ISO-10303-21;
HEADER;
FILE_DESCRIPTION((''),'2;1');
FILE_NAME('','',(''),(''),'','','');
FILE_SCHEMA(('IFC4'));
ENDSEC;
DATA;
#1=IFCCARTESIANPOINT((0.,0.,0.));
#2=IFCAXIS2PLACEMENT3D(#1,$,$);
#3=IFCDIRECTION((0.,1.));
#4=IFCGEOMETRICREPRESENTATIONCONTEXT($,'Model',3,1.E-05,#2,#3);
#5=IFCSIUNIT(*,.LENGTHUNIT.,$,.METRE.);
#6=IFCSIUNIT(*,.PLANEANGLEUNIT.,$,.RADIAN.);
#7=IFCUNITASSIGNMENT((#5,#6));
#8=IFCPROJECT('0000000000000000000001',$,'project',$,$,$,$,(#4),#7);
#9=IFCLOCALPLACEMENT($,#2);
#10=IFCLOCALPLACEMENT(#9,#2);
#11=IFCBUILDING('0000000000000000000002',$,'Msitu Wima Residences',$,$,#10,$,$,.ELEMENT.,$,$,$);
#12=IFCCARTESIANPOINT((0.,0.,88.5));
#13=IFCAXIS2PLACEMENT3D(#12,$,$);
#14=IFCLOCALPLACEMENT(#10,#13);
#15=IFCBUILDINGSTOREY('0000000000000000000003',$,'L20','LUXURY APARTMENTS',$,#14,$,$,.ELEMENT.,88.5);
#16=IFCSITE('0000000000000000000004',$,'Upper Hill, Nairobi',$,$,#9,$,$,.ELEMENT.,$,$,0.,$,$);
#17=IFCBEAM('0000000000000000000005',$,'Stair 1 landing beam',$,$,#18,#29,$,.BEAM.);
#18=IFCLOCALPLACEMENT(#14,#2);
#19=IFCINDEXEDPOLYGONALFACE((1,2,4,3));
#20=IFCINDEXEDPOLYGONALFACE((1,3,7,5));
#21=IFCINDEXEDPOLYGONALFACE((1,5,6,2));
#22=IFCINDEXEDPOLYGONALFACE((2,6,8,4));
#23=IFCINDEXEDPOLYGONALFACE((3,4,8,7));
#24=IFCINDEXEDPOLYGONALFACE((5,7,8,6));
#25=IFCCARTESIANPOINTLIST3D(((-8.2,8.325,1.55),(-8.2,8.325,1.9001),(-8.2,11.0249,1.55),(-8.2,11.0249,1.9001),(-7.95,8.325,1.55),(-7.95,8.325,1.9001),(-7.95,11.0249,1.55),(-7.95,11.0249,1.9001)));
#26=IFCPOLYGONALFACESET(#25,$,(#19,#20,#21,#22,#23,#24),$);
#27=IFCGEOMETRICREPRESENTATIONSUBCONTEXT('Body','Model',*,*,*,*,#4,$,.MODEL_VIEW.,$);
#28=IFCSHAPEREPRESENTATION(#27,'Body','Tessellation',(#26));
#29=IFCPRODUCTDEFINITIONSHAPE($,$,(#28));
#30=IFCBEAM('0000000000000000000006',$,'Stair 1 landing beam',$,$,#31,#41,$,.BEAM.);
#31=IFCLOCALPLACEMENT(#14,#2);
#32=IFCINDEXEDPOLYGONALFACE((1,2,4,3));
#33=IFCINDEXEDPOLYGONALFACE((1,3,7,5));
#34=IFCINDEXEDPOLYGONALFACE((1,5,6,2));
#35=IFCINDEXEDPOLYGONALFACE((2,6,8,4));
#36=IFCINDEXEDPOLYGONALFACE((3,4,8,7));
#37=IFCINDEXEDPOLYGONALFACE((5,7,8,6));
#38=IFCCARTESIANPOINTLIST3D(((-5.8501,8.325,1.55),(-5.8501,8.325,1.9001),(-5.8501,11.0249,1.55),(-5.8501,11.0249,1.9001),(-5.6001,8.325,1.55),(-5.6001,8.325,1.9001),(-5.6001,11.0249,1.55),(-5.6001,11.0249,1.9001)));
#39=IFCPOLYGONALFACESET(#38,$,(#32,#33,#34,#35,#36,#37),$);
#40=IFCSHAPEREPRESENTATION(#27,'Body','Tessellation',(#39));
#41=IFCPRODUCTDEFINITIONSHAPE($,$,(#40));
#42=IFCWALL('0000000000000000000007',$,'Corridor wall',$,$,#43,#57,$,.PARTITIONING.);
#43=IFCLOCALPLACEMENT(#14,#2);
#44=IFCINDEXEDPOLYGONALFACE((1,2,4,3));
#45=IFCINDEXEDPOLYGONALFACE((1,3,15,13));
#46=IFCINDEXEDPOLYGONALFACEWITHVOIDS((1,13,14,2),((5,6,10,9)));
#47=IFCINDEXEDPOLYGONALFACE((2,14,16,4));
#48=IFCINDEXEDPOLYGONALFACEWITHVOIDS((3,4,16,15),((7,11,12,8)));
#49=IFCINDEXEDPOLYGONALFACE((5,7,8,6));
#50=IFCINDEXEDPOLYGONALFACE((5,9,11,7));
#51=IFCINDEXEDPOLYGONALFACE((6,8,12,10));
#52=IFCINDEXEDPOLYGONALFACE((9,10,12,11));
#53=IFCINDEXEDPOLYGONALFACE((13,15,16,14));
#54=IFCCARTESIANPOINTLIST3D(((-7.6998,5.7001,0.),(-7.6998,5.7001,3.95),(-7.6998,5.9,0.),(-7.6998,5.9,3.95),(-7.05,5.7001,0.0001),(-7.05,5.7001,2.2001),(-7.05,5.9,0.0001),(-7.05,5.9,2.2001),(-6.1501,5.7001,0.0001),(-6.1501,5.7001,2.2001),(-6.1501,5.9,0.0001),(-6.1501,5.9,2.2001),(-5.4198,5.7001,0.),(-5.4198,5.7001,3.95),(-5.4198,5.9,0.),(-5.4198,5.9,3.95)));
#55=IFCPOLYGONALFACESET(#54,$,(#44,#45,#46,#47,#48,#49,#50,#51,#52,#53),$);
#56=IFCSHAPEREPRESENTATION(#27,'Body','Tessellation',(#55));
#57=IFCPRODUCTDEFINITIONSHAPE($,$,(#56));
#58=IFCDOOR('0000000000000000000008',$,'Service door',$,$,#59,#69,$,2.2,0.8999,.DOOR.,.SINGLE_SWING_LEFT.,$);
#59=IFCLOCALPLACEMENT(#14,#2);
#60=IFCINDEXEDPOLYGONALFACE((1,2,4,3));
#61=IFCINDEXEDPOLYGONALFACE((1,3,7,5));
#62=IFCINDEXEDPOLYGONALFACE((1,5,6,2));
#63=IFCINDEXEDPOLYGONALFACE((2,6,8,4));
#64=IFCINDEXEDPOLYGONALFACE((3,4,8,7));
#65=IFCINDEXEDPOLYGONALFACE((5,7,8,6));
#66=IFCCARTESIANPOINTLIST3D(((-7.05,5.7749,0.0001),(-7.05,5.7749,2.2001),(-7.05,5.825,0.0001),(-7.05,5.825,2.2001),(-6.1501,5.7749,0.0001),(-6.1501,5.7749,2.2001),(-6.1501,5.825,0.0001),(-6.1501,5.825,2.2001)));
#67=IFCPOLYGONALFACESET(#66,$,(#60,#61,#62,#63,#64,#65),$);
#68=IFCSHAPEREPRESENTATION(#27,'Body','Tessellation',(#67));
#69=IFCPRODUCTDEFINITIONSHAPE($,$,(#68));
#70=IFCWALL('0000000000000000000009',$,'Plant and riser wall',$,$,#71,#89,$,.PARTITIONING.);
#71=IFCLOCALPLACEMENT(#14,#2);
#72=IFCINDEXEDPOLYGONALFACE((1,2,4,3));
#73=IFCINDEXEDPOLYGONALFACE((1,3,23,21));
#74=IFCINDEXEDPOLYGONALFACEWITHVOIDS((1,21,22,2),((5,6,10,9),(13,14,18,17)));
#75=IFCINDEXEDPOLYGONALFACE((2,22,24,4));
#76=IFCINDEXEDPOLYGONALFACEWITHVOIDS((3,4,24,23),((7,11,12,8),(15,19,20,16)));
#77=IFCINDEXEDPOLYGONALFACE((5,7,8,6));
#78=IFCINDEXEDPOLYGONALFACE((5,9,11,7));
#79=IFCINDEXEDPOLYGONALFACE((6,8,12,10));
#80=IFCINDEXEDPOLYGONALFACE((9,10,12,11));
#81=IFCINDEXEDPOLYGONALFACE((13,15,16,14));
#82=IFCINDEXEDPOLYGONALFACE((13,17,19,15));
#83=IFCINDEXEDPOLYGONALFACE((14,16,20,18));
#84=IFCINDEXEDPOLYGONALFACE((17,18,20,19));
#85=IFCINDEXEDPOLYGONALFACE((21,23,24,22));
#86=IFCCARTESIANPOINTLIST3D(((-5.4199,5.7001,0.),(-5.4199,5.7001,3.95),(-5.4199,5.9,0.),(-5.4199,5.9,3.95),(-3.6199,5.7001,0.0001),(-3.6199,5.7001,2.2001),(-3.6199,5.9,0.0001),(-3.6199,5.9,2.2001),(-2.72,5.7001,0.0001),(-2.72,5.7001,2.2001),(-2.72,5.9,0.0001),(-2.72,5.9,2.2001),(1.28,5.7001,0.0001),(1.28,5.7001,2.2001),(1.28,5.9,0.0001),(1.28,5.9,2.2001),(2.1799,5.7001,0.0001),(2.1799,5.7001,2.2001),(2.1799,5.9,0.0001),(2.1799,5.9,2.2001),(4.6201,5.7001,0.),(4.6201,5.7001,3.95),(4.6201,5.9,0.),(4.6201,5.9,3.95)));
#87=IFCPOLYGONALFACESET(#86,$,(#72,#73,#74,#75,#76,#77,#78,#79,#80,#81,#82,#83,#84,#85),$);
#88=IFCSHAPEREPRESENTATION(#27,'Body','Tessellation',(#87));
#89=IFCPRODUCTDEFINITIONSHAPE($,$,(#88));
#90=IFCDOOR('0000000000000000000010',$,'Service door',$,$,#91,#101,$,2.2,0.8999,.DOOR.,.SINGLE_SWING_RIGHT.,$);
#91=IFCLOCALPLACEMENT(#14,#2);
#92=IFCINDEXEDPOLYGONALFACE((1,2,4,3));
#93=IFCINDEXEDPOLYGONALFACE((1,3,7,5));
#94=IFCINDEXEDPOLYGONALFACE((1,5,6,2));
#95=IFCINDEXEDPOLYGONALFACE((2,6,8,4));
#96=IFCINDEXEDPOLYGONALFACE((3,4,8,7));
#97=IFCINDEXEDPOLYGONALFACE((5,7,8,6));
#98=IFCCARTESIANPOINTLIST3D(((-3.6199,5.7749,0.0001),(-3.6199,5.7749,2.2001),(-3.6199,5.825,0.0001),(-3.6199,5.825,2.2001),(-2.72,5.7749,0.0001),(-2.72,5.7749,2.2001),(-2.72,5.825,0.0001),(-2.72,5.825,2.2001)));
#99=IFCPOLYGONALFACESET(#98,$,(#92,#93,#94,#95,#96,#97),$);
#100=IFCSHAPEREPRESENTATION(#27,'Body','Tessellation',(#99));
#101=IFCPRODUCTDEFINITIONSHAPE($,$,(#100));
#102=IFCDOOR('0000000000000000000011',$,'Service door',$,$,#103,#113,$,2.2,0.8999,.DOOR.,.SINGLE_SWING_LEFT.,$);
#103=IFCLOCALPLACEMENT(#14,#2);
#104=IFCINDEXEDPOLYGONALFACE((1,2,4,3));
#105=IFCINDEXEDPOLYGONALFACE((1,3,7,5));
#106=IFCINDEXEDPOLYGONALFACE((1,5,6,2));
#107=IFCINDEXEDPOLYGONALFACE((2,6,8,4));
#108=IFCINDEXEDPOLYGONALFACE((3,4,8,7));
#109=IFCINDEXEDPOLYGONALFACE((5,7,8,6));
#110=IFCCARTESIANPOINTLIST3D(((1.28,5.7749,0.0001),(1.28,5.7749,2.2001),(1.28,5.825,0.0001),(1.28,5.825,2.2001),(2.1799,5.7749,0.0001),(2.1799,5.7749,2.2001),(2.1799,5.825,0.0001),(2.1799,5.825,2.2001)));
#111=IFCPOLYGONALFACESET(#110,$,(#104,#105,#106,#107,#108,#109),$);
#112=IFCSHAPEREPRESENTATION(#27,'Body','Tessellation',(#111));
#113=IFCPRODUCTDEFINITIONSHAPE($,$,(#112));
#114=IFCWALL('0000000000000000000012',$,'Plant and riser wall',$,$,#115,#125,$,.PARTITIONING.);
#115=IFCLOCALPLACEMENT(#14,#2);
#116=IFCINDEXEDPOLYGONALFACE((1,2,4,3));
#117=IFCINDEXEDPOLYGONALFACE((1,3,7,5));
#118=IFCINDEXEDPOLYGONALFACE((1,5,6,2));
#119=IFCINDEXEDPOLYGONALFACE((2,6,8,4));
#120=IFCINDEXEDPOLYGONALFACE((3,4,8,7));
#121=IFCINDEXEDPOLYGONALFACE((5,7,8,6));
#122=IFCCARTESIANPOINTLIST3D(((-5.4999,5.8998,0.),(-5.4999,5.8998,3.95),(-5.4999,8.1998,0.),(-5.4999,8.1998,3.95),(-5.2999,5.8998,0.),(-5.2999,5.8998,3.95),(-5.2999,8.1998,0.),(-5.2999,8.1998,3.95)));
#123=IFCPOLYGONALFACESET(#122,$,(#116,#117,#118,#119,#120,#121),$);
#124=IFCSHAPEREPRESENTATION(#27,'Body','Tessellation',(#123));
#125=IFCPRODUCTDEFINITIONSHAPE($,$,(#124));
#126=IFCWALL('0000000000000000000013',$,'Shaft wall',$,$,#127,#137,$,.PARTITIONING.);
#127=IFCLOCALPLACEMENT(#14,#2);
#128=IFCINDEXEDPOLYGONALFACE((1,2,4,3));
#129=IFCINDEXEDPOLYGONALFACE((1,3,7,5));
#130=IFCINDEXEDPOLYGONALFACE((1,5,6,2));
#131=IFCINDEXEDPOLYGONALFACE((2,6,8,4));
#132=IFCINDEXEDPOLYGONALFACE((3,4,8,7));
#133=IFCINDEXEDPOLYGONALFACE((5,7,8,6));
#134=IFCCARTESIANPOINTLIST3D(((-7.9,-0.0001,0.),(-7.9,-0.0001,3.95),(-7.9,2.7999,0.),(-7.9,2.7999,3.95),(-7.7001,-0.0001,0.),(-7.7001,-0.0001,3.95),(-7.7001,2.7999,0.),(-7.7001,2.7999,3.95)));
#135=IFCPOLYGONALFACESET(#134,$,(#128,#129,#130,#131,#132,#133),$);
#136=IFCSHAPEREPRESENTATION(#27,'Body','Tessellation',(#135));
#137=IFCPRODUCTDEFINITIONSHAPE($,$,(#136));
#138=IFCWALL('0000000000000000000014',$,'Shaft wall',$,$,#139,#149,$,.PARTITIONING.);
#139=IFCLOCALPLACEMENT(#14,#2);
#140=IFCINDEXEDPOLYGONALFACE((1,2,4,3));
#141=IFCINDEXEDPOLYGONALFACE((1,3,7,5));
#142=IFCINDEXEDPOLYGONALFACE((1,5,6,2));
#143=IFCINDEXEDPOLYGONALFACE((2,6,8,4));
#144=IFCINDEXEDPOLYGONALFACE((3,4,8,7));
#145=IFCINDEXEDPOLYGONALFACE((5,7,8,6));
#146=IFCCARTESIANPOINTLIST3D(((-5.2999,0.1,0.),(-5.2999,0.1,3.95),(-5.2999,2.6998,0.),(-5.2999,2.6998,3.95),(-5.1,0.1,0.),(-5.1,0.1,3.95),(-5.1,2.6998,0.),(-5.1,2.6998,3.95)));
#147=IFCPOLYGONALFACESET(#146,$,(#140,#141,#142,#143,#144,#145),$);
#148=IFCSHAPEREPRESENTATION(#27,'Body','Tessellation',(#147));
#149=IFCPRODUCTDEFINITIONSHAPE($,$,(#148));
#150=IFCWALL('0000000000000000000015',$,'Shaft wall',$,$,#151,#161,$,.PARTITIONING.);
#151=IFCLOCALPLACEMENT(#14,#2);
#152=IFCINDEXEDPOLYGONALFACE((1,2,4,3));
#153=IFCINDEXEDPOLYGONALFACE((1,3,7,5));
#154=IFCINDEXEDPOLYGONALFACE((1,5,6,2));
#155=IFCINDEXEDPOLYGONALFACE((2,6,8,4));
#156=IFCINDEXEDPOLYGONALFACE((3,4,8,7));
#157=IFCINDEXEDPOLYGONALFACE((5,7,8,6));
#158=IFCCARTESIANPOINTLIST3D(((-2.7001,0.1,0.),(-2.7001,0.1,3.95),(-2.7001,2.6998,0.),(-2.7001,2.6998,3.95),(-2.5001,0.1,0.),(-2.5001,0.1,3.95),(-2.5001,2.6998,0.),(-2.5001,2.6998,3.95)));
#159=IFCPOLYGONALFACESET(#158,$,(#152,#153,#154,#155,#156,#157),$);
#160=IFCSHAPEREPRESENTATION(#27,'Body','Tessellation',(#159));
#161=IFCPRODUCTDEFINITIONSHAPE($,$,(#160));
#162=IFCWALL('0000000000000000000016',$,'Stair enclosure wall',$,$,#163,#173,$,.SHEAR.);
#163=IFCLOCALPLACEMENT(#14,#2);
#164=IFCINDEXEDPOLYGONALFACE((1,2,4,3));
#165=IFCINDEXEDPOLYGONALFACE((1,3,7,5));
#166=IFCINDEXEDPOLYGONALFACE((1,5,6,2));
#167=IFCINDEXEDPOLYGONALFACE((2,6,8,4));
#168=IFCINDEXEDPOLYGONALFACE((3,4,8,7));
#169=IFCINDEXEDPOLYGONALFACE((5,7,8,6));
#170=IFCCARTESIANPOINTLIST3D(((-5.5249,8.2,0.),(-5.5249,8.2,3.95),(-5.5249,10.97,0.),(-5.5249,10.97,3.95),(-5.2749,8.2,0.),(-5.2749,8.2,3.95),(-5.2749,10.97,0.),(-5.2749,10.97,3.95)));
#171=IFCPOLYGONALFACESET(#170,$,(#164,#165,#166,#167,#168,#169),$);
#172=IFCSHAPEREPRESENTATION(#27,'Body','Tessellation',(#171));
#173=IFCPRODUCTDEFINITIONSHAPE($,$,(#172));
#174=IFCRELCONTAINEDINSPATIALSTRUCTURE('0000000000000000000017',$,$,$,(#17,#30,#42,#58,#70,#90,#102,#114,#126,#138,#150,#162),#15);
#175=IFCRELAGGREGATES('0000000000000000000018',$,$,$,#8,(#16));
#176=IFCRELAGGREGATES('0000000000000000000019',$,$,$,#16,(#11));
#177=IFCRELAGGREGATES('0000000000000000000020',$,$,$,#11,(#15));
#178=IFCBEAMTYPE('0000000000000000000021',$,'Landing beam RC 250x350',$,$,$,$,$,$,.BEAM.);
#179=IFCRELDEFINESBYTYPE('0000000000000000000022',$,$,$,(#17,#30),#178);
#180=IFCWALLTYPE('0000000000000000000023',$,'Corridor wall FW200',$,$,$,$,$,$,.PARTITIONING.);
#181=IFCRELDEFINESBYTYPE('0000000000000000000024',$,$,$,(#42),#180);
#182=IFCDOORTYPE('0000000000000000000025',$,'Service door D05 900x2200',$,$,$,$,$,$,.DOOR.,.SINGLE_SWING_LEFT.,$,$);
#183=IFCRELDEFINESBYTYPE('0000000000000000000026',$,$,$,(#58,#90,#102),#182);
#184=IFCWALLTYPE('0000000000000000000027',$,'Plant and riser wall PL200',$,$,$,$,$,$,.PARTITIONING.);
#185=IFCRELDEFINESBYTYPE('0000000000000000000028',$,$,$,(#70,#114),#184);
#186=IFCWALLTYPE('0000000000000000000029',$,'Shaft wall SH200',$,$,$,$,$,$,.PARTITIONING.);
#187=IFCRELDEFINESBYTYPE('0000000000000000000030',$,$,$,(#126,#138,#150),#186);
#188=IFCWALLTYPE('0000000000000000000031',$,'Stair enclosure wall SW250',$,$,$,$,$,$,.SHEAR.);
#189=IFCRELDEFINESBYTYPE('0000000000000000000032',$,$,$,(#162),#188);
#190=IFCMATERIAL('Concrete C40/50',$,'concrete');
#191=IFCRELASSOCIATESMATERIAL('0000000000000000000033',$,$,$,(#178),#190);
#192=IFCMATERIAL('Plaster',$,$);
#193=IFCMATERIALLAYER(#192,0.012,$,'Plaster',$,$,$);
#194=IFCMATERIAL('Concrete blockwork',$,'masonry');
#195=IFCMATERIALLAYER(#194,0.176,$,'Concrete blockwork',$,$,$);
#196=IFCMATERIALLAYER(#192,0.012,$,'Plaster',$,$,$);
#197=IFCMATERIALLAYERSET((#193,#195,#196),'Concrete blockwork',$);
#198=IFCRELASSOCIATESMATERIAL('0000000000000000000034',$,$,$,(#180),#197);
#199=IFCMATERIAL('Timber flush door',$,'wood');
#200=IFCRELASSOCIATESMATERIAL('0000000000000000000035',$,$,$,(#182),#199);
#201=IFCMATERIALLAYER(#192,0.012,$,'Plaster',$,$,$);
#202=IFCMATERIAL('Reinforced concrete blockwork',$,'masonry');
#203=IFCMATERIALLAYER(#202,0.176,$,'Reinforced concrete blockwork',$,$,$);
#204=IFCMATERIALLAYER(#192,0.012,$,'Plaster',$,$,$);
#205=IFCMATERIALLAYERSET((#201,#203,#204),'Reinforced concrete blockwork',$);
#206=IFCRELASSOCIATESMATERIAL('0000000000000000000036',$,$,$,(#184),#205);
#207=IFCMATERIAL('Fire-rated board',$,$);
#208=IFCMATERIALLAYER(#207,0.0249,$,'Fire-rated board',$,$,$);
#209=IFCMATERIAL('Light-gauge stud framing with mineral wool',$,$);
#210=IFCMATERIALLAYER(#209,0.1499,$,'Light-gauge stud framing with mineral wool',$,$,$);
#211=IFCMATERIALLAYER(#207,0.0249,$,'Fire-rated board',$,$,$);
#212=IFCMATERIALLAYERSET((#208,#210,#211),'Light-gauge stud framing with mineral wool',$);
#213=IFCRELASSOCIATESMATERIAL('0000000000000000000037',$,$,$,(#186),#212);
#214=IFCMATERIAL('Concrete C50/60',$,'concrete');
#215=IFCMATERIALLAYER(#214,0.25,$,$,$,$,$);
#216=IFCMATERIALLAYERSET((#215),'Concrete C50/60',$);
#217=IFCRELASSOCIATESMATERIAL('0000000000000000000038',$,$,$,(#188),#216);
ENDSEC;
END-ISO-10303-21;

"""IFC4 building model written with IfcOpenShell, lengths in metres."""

from ifc_helpers import new_model, si_unit, direction, frame, frame_2d, origin, origin_2d, place, context, subcontext, project, spatial, rectangle, extrude, material, layer, layer_set, material_profile, profile_set, type_object, element, fill, save


model = new_model("IFC4")

# Units and contexts
model_context = context("Model", 3, precision=1e-05, world=origin(), true_north=direction((0.0, 1.0)))
body_context = subcontext(model_context, "Body", "Model", "MODEL_VIEW")
ifc_project = project(units=[si_unit("LENGTHUNIT", "METRE"), si_unit("PLANEANGLEUNIT", "RADIAN")], contexts=[model_context])

# Site, building, storey
site_placement = place(None, origin())
site = spatial("IfcSite", under=ifc_project, at=site_placement, Name="Upper Hill, Nairobi", CompositionType="ELEMENT", RefElevation=0.0)
building_placement = place(site_placement, origin())
building = spatial("IfcBuilding", under=site, at=building_placement, Name="Msitu Wima Residences", CompositionType="ELEMENT")
storey_placement = place(building_placement, frame((0.0, 0.0, 88.5)))
storey = spatial("IfcBuildingStorey", under=building, at=storey_placement, Name="L20", Description="LUXURY APARTMENTS", CompositionType="ELEMENT", Elevation=88.5)

# Beams
ifc_material_1 = material(Name="Concrete C40/50", Category="concrete")
ifc_material_profile = material_profile(ifc_material_1, rectangle(XDim=0.25, YDim=0.3501, at=origin_2d()), Name="RC 250x350")
ifc_profile_set = profile_set([ifc_material_profile], Name="Concrete C40/50")
beam_type = type_object("IfcBeamType", Name="Landing beam RC 250x350", PredefinedType="BEAM", material=ifc_profile_set)
for number, where, z_axis, x_axis, name in (
    (1, (-8.075, 8.325, 1.7251), (0.0, 1.0, 0.0), (-1.0, 0.0, 0.0), "Stair 1 landing beam"),
    (2, (-5.7251, 8.325, 1.7251), (0.0, 1.0, 0.0), (-1.0, 0.0, 0.0), "Stair 1 landing beam"),
):
    element("IfcBeam", number, at=place(storey_placement, frame(where, z_axis=z_axis, x_axis=x_axis)), inside=storey, type_object=beam_type, Name=name, PredefinedType="BEAM", context=body_context, shape_type="SweptSolid", body=[
        extrude(rectangle(XDim=0.25, YDim=0.3501, at=origin_2d()), origin(), (0.0, 0.0, 1.0), 2.7),
    ])

# Wall, opening, door
ifc_material_2 = material(Name="Plaster")
ifc_layer_1 = layer(ifc_material_2, 0.012, Name="Plaster")
ifc_material_3 = material(Name="Concrete blockwork", Category="masonry")
ifc_layer_2 = layer(ifc_material_3, 0.176, Name="Concrete blockwork")
ifc_layer_3 = layer(ifc_material_2, 0.012, Name="Plaster")
ifc_layer_set_1 = layer_set([ifc_layer_1, ifc_layer_2, ifc_layer_3], Name="Concrete blockwork")
wall_type_1 = type_object("IfcWallType", Name="Corridor wall FW200", PredefinedType="PARTITIONING", material=ifc_layer_set_1)
wall_1_placement = place(storey_placement, frame((-7.7, 5.8, 0.0), z_axis=(0.0, 0.0, 1.0), x_axis=(1.0, 0.0, 0.0)))
wall_1 = element("IfcWall", 3, at=wall_1_placement, inside=storey, type_object=wall_type_1, Name="Corridor wall", PredefinedType="PARTITIONING", context=body_context, shape_type="SweptSolid", body=[
    extrude(rectangle(XDim=2.28, YDim=0.2, at=frame_2d((1.1401, 0.0))), origin(), (0.0, 0.0, 1.0), 3.95),
])
opening_1_placement = place(wall_1_placement, frame((0.6499, 0.0, 0.0)))
opening_1 = element("IfcOpeningElement", 4, at=opening_1_placement, cuts=wall_1, PredefinedType="OPENING", context=body_context, shape_type="SweptSolid", body=[
    extrude(rectangle(XDim=0.8999, YDim=2.2, at=frame_2d((0.45, 1.1001))), frame((0.0, 0.1099, 0.0), z_axis=(0.0, -1.0, 0.0), x_axis=(1.0, 0.0, 0.0)), (0.0, 0.0, 1.0), 0.22),
])
ifc_material_4 = material(Name="Timber flush door", Category="wood")
door_type_1 = type_object("IfcDoorType", Name="Service door D05 900x2200", OperationType="SINGLE_SWING_LEFT", PredefinedType="DOOR", material=ifc_material_4)
door_1_placement = place(opening_1_placement, origin())
door_1 = element("IfcDoor", 5, at=door_1_placement, inside=storey, type_object=door_type_1, Name="Service door", OperationType="SINGLE_SWING_LEFT", OverallHeight=2.2, OverallWidth=0.8999, PredefinedType="DOOR", context=body_context, shape_type="SweptSolid", body=[
    extrude(rectangle(XDim=0.8999, YDim=2.2, at=frame_2d((0.45, 1.1001))), frame((0.0, 0.0249, 0.0), z_axis=(0.0, -1.0, 0.0), x_axis=(1.0, 0.0, 0.0)), (0.0, 0.0, 1.0), 0.05),
])
fill(opening_1, door_1)

# Wall, openings, doors
ifc_layer_4 = layer(ifc_material_2, 0.012, Name="Plaster")
ifc_material_5 = material(Name="Reinforced concrete blockwork", Category="masonry")
ifc_layer_5 = layer(ifc_material_5, 0.176, Name="Reinforced concrete blockwork")
ifc_layer_6 = layer(ifc_material_2, 0.012, Name="Plaster")
ifc_layer_set_2 = layer_set([ifc_layer_4, ifc_layer_5, ifc_layer_6], Name="Reinforced concrete blockwork")
wall_type_2 = type_object("IfcWallType", Name="Plant and riser wall PL200", PredefinedType="PARTITIONING", material=ifc_layer_set_2)
wall_2_placement = place(storey_placement, frame((-5.4199, 5.8, 0.0), z_axis=(0.0, 0.0, 1.0), x_axis=(1.0, 0.0, 0.0)))
wall_2 = element("IfcWall", 6, at=wall_2_placement, inside=storey, type_object=wall_type_2, Name="Plant and riser wall", PredefinedType="PARTITIONING", context=body_context, shape_type="SweptSolid", body=[
    extrude(rectangle(XDim=10.04, YDim=0.2, at=frame_2d((5.02, 0.0))), origin(), (0.0, 0.0, 1.0), 3.95),
])
opening_2_placement = place(wall_2_placement, frame((1.8, 0.0, 0.0)))
opening_2 = element("IfcOpeningElement", 7, at=opening_2_placement, cuts=wall_2, PredefinedType="OPENING", context=body_context, shape_type="SweptSolid", body=[
    extrude(rectangle(XDim=0.8999, YDim=2.2, at=frame_2d((0.45, 1.1001))), frame((0.0, 0.1099, 0.0), z_axis=(0.0, -1.0, 0.0), x_axis=(1.0, 0.0, 0.0)), (0.0, 0.0, 1.0), 0.22),
])
opening_3_placement = place(wall_2_placement, frame((6.7, 0.0, 0.0)))
opening_3 = element("IfcOpeningElement", 8, at=opening_3_placement, cuts=wall_2, PredefinedType="OPENING", context=body_context, shape_type="SweptSolid", body=[
    extrude(rectangle(XDim=0.8999, YDim=2.2, at=frame_2d((0.45, 1.1001))), frame((0.0, 0.1099, 0.0), z_axis=(0.0, -1.0, 0.0), x_axis=(1.0, 0.0, 0.0)), (0.0, 0.0, 1.0), 0.22),
])
door_2_placement = place(opening_2_placement, origin())
door_2 = element("IfcDoor", 9, at=door_2_placement, inside=storey, type_object=door_type_1, Name="Service door", OperationType="SINGLE_SWING_RIGHT", OverallHeight=2.2, OverallWidth=0.8999, PredefinedType="DOOR", context=body_context, shape_type="SweptSolid", body=[
    extrude(rectangle(XDim=0.8999, YDim=2.2, at=frame_2d((0.45, 1.1001))), frame((0.0, 0.0249, 0.0), z_axis=(0.0, -1.0, 0.0), x_axis=(1.0, 0.0, 0.0)), (0.0, 0.0, 1.0), 0.05),
])
fill(opening_2, door_2)
door_3_placement = place(opening_3_placement, origin())
door_3 = element("IfcDoor", 10, at=door_3_placement, inside=storey, type_object=door_type_1, Name="Service door", OperationType="SINGLE_SWING_LEFT", OverallHeight=2.2, OverallWidth=0.8999, PredefinedType="DOOR", context=body_context, shape_type="SweptSolid", body=[
    extrude(rectangle(XDim=0.8999, YDim=2.2, at=frame_2d((0.45, 1.1001))), frame((0.0, 0.0249, 0.0), z_axis=(0.0, -1.0, 0.0), x_axis=(1.0, 0.0, 0.0)), (0.0, 0.0, 1.0), 0.05),
])
fill(opening_3, door_3)

# Walls
wall_3_placement = place(storey_placement, frame((-5.3999, 5.8999, 0.0), z_axis=(0.0, 0.0, 1.0), x_axis=(0.0, 1.0, 0.0)))
element("IfcWall", 11, at=wall_3_placement, inside=storey, type_object=wall_type_2, Name="Plant and riser wall", PredefinedType="PARTITIONING", context=body_context, shape_type="SweptSolid", body=[
    extrude(rectangle(XDim=2.3, YDim=0.2, at=frame_2d((1.1499, 0.0))), origin(), (0.0, 0.0, 1.0), 3.95),
])
ifc_material_6 = material(Name="Fire-rated board")
ifc_layer_7 = layer(ifc_material_6, 0.0249, Name="Fire-rated board")
ifc_material_7 = material(Name="Light-gauge stud framing with mineral wool")
ifc_layer_8 = layer(ifc_material_7, 0.1499, Name="Light-gauge stud framing with mineral wool")
ifc_layer_9 = layer(ifc_material_6, 0.0249, Name="Fire-rated board")
ifc_layer_set_3 = layer_set([ifc_layer_7, ifc_layer_8, ifc_layer_9], Name="Light-gauge stud framing with mineral wool")
wall_type_3 = type_object("IfcWallType", Name="Shaft wall SH200", PredefinedType="PARTITIONING", material=ifc_layer_set_3)
wall_4_placement = place(storey_placement, frame((-7.8, 0.0, 0.0), z_axis=(0.0, 0.0, 1.0), x_axis=(0.0, 1.0, 0.0)))
element("IfcWall", 12, at=wall_4_placement, inside=storey, type_object=wall_type_3, Name="Shaft wall", PredefinedType="PARTITIONING", context=body_context, shape_type="SweptSolid", body=[
    extrude(rectangle(XDim=2.8, YDim=0.2, at=frame_2d((1.3999, 0.0))), origin(), (0.0, 0.0, 1.0), 3.95),
])
for number, where, z_axis, x_axis, name in (
    (13, (-5.2, 0.1001, 0.0), (0.0, 0.0, 1.0), (0.0, 1.0, 0.0), "Shaft wall"),
    (14, (-2.6001, 0.1001, 0.0), (0.0, 0.0, 1.0), (0.0, 1.0, 0.0), "Shaft wall"),
):
    element("IfcWall", number, at=place(storey_placement, frame(where, z_axis=z_axis, x_axis=x_axis)), inside=storey, type_object=wall_type_3, Name=name, PredefinedType="PARTITIONING", context=body_context, shape_type="SweptSolid", body=[
        extrude(rectangle(XDim=2.5999, YDim=0.2, at=frame_2d((1.2998, 0.0))), origin(), (0.0, 0.0, 1.0), 3.95),
    ])
ifc_material_8 = material(Name="Concrete C50/60", Category="concrete")
ifc_layer_10 = layer(ifc_material_8, 0.25)
ifc_layer_set_4 = layer_set([ifc_layer_10], Name="Concrete C50/60")
wall_type_4 = type_object("IfcWallType", Name="Stair enclosure wall SW250", PredefinedType="SHEAR", material=ifc_layer_set_4)
wall_5_placement = place(storey_placement, frame((-5.3999, 8.2, 0.0), z_axis=(0.0, 0.0, 1.0), x_axis=(0.0, 1.0, 0.0)))
element("IfcWall", 15, at=wall_5_placement, inside=storey, type_object=wall_type_4, Name="Stair enclosure wall", PredefinedType="SHEAR", context=body_context, shape_type="SweptSolid", body=[
    extrude(rectangle(XDim=2.77, YDim=0.25, at=frame_2d((1.385, 0.0))), origin(), (0.0, 0.0, 1.0), 3.95),
])

save(model, "model.ifc")
